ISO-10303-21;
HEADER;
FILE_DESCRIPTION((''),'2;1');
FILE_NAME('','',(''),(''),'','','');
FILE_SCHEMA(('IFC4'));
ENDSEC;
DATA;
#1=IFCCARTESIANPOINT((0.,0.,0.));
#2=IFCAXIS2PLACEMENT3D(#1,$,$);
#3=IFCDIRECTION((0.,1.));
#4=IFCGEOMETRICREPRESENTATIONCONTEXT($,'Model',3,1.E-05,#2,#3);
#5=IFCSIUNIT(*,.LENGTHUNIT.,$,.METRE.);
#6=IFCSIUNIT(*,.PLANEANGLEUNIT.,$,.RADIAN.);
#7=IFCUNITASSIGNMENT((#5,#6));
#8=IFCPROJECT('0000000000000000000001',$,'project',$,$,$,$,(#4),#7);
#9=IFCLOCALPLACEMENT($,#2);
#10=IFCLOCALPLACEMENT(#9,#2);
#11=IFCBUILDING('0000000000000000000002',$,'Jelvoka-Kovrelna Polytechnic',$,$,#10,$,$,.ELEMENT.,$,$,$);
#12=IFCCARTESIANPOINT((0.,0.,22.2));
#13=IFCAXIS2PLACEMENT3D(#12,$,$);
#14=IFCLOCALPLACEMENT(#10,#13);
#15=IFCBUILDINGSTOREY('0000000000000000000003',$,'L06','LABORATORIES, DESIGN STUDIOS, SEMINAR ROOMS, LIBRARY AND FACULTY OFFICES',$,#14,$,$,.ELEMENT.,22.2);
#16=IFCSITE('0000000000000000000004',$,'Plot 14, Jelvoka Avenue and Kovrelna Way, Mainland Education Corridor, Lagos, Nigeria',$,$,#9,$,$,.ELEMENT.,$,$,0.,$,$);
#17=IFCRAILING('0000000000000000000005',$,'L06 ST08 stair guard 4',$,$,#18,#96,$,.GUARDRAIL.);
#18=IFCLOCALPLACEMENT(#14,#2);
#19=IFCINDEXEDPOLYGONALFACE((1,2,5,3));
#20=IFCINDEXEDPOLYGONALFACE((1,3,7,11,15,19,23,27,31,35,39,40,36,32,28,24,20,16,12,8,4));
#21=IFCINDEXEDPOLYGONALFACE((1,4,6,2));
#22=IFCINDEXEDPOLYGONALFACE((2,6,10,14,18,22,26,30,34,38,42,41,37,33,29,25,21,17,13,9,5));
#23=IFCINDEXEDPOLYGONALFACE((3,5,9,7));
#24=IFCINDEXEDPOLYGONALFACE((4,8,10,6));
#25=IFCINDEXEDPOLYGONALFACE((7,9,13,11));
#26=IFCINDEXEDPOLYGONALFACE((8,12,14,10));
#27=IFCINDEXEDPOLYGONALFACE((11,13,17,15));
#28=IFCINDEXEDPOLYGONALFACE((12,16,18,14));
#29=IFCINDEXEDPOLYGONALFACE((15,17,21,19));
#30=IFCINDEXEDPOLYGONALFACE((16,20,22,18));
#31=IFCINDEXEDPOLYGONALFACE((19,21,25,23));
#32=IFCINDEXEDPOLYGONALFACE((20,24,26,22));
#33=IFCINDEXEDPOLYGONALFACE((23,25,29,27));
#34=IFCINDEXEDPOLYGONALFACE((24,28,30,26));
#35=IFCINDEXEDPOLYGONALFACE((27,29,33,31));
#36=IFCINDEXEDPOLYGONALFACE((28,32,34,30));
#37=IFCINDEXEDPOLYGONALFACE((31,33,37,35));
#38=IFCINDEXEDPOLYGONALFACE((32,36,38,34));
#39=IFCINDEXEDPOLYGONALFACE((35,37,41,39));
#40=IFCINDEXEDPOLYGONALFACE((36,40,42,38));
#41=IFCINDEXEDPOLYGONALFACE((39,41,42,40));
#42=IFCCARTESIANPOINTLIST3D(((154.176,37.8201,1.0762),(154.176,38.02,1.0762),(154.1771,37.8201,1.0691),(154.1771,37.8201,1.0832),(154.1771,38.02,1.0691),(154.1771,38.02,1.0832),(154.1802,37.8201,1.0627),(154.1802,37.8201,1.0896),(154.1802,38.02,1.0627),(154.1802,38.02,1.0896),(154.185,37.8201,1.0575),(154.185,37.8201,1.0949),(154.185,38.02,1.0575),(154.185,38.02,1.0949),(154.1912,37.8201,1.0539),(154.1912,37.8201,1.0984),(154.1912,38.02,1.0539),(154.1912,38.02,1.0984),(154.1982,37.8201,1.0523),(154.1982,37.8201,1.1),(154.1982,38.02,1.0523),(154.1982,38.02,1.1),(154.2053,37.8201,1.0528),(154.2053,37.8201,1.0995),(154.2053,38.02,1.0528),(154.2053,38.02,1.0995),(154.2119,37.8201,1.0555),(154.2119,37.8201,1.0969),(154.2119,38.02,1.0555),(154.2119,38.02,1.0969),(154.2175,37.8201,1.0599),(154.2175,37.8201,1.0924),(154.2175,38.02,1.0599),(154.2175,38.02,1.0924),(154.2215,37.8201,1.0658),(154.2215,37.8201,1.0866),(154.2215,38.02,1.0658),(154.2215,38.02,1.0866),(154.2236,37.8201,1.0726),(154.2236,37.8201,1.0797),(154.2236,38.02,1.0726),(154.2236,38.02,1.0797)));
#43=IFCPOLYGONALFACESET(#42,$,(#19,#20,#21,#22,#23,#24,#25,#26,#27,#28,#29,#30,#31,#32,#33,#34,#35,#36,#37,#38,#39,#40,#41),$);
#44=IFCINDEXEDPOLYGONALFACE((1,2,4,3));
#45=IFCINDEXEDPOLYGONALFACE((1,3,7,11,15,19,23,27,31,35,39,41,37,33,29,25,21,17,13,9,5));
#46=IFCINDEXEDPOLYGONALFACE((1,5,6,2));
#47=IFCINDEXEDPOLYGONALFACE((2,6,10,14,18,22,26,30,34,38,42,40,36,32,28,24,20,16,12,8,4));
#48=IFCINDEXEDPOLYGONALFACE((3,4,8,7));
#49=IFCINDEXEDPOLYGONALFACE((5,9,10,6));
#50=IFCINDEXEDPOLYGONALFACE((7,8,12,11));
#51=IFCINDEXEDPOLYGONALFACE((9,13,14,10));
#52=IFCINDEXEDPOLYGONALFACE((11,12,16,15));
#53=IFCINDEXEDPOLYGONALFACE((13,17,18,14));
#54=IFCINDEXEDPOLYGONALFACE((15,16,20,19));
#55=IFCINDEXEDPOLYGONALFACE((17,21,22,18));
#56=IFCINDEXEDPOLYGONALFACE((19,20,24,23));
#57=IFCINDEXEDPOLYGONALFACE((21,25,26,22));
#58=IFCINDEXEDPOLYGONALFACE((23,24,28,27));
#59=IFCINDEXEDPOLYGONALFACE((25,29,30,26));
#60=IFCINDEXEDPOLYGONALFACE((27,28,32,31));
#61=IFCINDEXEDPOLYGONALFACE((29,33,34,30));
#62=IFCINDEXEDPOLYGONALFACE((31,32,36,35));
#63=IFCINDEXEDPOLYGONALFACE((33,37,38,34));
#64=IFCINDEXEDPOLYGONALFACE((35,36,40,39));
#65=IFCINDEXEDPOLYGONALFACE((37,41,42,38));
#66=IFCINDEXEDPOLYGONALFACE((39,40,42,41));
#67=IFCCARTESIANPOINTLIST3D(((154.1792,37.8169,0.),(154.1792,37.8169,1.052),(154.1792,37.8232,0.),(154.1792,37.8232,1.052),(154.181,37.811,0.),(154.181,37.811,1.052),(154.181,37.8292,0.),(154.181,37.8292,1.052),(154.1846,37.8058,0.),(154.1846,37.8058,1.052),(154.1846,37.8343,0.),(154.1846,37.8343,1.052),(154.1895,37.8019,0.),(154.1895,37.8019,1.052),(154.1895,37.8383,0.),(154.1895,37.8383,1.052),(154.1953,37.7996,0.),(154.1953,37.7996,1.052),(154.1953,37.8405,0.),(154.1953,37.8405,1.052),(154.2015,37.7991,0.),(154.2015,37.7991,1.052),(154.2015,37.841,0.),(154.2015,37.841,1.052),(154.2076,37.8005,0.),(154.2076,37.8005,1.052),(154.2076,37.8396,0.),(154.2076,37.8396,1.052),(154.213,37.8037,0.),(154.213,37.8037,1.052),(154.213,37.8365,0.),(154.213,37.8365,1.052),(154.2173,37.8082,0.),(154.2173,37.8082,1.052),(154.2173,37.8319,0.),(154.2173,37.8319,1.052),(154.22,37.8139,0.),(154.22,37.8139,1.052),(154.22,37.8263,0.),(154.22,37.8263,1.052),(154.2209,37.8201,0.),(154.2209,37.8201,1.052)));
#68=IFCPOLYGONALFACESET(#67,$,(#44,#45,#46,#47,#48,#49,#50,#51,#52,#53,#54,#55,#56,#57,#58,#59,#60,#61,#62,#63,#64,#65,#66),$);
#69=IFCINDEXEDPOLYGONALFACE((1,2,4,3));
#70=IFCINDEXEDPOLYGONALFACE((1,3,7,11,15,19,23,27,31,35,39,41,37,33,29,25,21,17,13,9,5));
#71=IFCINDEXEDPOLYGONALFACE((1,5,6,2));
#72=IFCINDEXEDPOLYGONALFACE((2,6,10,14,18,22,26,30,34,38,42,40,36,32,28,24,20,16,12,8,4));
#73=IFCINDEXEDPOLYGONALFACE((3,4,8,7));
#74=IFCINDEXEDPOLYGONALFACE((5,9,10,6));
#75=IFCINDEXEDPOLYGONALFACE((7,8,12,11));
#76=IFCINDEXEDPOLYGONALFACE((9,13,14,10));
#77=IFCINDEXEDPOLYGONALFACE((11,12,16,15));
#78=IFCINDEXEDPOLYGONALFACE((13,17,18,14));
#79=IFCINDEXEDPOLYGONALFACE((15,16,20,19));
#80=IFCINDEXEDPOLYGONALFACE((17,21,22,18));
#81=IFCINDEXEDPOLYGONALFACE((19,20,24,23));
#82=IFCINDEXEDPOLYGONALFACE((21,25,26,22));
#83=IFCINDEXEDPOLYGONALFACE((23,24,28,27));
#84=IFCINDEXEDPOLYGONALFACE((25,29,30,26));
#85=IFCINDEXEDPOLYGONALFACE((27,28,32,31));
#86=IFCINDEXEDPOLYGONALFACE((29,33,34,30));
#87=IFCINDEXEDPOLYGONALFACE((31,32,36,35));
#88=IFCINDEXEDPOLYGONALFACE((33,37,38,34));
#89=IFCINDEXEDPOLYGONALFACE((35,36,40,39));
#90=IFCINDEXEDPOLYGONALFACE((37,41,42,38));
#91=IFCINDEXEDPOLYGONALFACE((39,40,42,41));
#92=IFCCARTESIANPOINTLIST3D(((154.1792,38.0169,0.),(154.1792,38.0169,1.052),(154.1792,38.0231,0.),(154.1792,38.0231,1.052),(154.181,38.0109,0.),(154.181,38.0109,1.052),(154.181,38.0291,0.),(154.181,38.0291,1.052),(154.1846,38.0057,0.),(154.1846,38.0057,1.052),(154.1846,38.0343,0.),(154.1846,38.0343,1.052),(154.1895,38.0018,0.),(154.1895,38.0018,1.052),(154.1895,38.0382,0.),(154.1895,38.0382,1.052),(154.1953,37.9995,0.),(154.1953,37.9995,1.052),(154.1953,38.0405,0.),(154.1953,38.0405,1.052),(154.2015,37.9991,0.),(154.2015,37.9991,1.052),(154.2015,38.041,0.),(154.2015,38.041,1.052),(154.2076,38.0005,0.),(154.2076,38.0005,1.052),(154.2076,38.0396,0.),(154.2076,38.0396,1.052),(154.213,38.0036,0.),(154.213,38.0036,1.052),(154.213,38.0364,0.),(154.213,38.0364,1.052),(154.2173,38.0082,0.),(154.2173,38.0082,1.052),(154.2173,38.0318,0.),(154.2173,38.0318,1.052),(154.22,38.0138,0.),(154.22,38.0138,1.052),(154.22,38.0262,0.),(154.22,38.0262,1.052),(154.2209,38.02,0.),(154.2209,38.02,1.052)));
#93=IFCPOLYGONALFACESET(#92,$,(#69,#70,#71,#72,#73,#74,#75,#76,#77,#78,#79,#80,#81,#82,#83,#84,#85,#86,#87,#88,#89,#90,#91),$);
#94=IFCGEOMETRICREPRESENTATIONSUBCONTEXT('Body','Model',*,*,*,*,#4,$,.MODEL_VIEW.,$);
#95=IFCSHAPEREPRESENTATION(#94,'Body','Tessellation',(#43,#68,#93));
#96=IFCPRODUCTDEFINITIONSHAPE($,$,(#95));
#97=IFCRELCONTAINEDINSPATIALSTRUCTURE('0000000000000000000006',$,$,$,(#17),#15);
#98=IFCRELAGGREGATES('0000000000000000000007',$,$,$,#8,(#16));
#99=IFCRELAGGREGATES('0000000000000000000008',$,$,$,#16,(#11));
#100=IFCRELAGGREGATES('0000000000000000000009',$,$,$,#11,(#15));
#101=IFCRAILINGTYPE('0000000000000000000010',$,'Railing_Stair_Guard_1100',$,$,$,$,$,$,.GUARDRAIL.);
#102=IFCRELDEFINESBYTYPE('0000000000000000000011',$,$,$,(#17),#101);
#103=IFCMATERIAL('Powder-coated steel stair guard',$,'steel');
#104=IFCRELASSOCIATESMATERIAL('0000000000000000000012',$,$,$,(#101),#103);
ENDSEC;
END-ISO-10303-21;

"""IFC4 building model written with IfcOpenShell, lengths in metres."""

from ifc_helpers import new_model, si_unit, direction, frame, origin, origin_2d, place, context, subcontext, project, spatial, circle, extrude, material, type_object, element, save


model = new_model("IFC4")

# Units and contexts
model_context = context("Model", 3, precision=1e-05, world=origin(), true_north=direction((0.0, 1.0)))
body_context = subcontext(model_context, "Body", "Model", "MODEL_VIEW")
ifc_project = project(units=[si_unit("LENGTHUNIT", "METRE"), si_unit("PLANEANGLEUNIT", "RADIAN")], contexts=[model_context])

# Site, building, storey
site_placement = place(None, origin())
site = spatial("IfcSite", under=ifc_project, at=site_placement, Name="Plot 14, Jelvoka Avenue and Kovrelna Way, Mainland Education Corridor, Lagos, Nigeria", CompositionType="ELEMENT", RefElevation=0.0)
building_placement = place(site_placement, origin())
building = spatial("IfcBuilding", under=site, at=building_placement, Name="Jelvoka-Kovrelna Polytechnic", CompositionType="ELEMENT")
storey_placement = place(building_placement, frame((0.0, 0.0, 22.2)))
storey = spatial("IfcBuildingStorey", under=building, at=storey_placement, Name="L06", Description="LABORATORIES, DESIGN STUDIOS, SEMINAR ROOMS, LIBRARY AND FACULTY OFFICES", CompositionType="ELEMENT", Elevation=22.2)

# Railing
ifc_material_1 = material(Name="Powder-coated steel stair guard", Category="steel")
railing_type_1 = type_object("IfcRailingType", Name="Railing_Stair_Guard_1100", PredefinedType="GUARDRAIL", material=ifc_material_1)
railing_1_placement = place(storey_placement, frame((154.2, 37.8201, 0.0)))
element("IfcRailing", 1, at=railing_1_placement, inside=storey, type_object=railing_type_1, Name="L06 ST08 stair guard 4", PredefinedType="GUARDRAIL", context=body_context, shape_type="SweptSolid", body=[
    extrude(circle(Radius=0.0239, at=origin_2d()), frame((0.0, 0.0, 1.0762), z_axis=(0.0, 1.0, 0.0), x_axis=(-1.0, 0.0, 0.0)), (0.0, 0.0, 1.0), 0.2),
    extrude(circle(Radius=0.021, at=origin_2d()), origin(), (0.0, 0.0, 1.0), 1.052),
    extrude(circle(Radius=0.021, at=origin_2d()), frame((0.0, 0.2, 0.0)), (0.0, 0.0, 1.0), 1.052),
])

save(model, "model.ifc")
